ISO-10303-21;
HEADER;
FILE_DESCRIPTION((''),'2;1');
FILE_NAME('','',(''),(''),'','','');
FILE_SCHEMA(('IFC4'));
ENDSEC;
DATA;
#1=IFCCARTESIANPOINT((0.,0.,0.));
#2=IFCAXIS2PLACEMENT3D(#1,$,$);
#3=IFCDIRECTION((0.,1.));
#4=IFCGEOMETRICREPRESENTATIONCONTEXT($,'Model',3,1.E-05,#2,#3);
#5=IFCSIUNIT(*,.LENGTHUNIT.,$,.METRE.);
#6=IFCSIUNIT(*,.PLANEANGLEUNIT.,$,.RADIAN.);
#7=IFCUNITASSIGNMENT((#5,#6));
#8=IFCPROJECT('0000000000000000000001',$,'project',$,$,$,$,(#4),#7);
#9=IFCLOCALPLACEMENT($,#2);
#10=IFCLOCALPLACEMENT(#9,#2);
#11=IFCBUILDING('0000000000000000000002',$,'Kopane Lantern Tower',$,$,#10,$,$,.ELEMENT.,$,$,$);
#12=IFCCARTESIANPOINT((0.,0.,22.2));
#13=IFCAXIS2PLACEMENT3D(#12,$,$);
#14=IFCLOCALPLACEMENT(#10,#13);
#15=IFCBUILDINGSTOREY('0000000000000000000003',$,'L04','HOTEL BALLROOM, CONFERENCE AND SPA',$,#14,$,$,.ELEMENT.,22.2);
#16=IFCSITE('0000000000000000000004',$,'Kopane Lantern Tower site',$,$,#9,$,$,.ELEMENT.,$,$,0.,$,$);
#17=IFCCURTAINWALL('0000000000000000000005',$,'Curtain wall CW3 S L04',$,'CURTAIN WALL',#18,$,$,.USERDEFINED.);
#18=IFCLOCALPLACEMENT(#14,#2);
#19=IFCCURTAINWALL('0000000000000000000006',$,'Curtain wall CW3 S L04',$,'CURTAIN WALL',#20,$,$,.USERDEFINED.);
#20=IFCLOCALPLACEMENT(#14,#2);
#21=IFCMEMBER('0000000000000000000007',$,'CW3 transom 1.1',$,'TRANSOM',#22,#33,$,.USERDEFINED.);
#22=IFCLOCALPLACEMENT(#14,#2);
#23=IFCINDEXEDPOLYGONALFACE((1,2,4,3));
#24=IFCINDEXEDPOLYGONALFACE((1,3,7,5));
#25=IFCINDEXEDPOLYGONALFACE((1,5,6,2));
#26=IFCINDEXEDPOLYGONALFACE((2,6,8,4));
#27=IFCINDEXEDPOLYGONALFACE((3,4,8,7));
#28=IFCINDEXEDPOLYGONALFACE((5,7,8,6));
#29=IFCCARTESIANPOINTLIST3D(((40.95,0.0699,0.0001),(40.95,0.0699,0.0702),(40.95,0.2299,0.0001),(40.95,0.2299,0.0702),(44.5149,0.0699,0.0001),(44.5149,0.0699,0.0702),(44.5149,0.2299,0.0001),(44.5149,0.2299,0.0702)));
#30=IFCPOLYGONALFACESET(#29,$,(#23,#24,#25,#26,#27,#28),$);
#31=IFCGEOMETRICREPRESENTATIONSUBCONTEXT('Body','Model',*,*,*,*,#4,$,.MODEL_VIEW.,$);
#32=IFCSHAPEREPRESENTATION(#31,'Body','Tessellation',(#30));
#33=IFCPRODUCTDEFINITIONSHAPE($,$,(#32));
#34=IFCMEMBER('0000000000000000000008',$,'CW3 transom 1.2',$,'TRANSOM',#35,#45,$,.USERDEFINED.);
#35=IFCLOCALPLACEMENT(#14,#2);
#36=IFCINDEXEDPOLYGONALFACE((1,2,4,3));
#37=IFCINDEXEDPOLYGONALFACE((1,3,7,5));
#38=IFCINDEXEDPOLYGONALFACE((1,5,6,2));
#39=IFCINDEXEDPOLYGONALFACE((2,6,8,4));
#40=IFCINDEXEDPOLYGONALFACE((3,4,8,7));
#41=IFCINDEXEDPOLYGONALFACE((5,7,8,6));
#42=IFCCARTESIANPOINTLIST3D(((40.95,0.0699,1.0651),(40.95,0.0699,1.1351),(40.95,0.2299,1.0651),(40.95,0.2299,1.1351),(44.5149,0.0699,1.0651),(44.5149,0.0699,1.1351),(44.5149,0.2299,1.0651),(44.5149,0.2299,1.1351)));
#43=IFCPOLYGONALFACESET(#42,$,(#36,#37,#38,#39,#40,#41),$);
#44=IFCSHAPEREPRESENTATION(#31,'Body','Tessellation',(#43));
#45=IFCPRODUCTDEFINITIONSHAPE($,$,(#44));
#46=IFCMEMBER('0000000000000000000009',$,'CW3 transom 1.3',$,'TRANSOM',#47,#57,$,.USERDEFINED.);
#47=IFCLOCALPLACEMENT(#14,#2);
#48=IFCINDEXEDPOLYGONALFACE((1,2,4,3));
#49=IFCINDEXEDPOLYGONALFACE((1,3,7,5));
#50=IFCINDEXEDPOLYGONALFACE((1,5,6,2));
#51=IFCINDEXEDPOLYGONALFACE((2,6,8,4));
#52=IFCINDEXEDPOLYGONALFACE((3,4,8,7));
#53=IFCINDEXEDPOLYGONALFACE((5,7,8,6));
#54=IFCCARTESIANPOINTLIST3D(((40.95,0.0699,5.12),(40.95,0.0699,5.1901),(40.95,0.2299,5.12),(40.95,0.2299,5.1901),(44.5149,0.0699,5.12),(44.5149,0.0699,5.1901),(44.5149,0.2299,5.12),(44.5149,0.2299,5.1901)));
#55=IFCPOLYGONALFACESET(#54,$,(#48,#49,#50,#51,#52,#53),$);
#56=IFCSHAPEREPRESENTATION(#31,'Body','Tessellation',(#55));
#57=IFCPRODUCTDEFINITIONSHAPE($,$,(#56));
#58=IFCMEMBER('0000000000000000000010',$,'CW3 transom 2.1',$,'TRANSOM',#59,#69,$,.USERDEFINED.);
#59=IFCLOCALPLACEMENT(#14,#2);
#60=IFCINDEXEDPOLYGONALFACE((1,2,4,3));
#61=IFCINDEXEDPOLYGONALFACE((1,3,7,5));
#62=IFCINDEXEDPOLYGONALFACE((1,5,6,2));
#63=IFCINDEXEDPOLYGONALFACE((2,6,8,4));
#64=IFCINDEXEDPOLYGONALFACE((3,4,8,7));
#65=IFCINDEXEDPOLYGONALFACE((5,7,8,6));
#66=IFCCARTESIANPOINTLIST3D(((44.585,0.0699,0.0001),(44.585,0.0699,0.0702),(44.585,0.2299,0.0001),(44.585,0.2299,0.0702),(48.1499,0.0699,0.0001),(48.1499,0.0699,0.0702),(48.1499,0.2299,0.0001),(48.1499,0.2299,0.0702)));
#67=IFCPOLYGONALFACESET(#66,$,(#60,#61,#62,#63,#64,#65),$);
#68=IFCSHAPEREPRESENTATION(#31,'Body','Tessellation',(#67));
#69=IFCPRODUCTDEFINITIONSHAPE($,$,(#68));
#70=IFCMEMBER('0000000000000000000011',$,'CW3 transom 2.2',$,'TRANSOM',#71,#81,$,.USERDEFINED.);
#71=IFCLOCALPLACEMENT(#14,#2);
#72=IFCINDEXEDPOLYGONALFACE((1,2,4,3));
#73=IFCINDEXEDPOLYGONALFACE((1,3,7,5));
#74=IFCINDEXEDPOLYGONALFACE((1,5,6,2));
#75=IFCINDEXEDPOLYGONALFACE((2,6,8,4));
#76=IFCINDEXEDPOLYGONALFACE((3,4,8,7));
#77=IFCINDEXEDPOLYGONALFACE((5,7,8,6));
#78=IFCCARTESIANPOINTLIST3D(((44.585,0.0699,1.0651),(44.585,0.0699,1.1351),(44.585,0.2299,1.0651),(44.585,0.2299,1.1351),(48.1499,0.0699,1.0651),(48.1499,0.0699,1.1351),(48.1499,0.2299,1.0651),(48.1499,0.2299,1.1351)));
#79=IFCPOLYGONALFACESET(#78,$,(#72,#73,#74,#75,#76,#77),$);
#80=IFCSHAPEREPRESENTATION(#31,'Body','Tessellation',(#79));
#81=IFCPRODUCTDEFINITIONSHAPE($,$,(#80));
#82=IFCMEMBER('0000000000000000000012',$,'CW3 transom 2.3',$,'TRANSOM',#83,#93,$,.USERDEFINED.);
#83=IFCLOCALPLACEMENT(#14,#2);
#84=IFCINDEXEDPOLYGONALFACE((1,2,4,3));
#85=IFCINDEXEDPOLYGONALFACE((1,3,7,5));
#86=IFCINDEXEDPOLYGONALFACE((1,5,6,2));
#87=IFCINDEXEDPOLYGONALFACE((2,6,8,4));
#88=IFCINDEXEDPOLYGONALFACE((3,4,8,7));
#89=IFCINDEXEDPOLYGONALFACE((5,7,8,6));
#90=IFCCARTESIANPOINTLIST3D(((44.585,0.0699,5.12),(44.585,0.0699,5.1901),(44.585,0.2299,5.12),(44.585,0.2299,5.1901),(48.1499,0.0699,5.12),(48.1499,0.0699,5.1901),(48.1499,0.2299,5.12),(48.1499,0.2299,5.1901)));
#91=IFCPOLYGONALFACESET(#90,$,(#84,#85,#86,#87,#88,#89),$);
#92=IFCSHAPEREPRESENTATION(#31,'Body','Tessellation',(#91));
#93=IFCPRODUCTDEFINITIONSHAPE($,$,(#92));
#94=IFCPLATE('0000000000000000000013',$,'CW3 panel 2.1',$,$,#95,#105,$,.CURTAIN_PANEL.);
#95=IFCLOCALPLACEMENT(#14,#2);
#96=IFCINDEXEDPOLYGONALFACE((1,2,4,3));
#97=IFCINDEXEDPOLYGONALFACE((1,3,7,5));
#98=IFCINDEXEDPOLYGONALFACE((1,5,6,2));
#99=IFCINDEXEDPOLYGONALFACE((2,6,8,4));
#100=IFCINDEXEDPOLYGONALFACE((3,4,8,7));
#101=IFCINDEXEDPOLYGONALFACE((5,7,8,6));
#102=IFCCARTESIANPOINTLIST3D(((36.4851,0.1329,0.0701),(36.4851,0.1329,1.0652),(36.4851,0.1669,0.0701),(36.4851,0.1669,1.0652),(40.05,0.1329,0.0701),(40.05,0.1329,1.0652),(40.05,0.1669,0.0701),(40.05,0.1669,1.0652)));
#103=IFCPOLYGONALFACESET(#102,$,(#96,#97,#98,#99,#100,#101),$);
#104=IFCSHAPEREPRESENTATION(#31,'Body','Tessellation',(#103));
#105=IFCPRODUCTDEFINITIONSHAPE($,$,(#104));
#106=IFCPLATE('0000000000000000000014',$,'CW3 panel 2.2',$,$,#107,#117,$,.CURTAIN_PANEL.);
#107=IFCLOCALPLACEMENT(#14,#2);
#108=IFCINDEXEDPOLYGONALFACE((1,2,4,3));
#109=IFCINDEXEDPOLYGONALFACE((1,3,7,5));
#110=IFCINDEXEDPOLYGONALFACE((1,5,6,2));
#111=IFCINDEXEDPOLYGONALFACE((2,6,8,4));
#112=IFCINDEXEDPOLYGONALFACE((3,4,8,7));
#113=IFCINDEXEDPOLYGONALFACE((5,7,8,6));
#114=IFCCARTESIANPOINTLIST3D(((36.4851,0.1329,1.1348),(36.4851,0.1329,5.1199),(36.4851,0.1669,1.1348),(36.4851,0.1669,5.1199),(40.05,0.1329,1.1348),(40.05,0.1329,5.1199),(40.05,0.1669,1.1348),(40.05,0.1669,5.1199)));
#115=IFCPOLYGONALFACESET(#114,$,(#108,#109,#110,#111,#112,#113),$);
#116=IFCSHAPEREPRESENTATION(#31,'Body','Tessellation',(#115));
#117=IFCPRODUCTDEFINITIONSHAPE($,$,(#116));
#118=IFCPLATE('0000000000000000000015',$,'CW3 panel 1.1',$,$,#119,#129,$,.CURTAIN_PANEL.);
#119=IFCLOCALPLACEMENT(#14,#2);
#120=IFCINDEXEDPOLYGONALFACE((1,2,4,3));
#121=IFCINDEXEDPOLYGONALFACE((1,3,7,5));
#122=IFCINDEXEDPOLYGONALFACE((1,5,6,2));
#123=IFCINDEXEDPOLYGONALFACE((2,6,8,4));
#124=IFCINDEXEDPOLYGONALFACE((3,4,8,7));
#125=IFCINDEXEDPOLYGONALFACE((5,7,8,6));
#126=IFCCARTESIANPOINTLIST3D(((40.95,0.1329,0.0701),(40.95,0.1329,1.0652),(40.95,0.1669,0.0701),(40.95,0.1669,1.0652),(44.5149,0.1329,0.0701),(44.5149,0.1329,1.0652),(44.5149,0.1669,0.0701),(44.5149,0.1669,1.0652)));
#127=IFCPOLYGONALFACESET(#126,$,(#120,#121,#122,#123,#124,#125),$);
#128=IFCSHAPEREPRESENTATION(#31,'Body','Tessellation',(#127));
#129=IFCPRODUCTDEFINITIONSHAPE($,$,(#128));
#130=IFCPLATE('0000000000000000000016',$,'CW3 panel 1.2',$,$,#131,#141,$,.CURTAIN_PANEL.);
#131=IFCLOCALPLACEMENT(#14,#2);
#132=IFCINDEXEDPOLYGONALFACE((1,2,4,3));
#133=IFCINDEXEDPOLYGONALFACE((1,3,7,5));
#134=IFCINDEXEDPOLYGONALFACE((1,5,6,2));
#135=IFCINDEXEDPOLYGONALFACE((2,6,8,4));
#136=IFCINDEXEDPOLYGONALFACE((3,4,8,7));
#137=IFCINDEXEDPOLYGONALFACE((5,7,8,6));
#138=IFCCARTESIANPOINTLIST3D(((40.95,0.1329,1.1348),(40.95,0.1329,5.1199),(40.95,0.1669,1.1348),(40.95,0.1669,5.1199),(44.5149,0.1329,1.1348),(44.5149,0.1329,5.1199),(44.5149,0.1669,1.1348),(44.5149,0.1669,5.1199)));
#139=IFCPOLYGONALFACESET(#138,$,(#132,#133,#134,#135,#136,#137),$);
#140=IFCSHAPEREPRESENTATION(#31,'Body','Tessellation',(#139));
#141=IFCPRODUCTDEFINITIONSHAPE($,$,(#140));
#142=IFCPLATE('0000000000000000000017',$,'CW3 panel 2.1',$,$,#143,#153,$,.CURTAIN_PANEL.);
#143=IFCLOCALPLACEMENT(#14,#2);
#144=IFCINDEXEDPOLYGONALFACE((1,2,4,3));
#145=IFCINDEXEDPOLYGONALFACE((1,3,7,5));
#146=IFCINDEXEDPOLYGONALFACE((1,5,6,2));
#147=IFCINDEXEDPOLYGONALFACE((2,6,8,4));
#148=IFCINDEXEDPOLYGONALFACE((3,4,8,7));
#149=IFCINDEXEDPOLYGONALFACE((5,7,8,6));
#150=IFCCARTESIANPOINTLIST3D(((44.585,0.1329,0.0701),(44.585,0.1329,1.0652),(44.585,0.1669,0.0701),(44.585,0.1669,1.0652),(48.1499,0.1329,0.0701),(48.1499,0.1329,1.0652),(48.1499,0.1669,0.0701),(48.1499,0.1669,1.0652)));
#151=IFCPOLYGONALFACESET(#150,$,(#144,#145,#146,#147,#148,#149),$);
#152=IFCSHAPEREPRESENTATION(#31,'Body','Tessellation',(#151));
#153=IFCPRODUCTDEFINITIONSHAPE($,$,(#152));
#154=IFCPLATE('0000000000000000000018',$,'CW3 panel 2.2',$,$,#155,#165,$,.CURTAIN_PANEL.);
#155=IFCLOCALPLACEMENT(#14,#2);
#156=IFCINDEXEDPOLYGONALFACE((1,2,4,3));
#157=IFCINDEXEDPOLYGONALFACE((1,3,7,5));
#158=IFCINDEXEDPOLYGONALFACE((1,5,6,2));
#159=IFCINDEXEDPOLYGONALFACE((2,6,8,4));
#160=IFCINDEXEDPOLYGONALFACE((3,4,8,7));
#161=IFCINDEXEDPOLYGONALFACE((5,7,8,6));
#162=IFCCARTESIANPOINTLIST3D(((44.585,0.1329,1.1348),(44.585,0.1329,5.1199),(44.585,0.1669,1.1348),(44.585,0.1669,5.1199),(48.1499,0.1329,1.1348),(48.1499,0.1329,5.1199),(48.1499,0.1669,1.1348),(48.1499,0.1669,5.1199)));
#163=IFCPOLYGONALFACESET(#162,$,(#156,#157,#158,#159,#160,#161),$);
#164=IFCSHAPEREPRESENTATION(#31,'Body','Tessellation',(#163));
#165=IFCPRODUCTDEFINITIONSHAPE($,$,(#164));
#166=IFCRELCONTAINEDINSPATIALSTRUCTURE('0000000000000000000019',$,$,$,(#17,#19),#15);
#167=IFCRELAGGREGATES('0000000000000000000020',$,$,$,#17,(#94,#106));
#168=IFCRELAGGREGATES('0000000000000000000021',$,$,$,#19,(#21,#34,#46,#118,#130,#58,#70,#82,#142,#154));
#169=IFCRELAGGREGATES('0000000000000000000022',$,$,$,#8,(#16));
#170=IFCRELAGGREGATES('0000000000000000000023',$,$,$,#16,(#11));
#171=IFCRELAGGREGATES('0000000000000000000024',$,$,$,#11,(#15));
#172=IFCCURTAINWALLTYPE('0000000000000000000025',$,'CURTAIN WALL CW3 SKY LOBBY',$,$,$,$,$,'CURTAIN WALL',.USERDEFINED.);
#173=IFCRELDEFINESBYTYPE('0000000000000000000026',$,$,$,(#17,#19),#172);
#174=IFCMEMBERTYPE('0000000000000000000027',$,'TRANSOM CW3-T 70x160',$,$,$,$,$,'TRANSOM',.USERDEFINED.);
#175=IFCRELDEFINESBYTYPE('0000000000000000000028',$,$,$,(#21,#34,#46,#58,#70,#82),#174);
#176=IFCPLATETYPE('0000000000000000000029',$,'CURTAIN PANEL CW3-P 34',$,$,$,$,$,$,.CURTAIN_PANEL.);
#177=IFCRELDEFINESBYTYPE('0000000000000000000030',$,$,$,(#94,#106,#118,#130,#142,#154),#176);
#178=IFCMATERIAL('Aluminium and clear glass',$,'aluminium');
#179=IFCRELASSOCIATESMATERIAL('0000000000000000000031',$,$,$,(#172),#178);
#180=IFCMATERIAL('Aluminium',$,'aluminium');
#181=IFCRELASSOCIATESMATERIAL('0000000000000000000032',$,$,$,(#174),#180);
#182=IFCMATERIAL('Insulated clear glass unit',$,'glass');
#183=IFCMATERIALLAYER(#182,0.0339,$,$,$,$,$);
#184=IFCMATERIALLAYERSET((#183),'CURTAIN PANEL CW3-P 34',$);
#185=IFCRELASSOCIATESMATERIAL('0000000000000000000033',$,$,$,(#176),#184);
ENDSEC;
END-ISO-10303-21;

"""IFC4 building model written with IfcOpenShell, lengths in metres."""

from ifc_helpers import new_model, si_unit, direction, frame, origin, origin_2d, place, context, subcontext, project, spatial, rectangle, extrude, material, layer, layer_set, material_profile, profile_set, type_object, element, aggregate, save


model = new_model("IFC4")

# Units and contexts
model_context = context("Model", 3, precision=1e-05, world=origin(), true_north=direction((0.0, 1.0)))
body_context = subcontext(model_context, "Body", "Model", "MODEL_VIEW")
ifc_project = project(units=[si_unit("LENGTHUNIT", "METRE"), si_unit("PLANEANGLEUNIT", "RADIAN")], contexts=[model_context])

# Site, building, storey
site_placement = place(None, origin())
site = spatial("IfcSite", under=ifc_project, at=site_placement, Name="Kopane Lantern Tower site", CompositionType="ELEMENT", RefElevation=0.0)
building_placement = place(site_placement, origin())
building = spatial("IfcBuilding", under=site, at=building_placement, Name="Kopane Lantern Tower", CompositionType="ELEMENT")
storey_placement = place(building_placement, frame((0.0, 0.0, 22.2)))
storey = spatial("IfcBuildingStorey", under=building, at=storey_placement, Name="L04", Description="HOTEL BALLROOM, CONFERENCE AND SPA", CompositionType="ELEMENT", Elevation=22.2)

# Curtain wall
ifc_material_1 = material(Name="Aluminium and clear glass", Category="aluminium")
curtain_wall_type = type_object("IfcCurtainWallType", Name="CURTAIN WALL CW3 SKY LOBBY", ElementType="CURTAIN WALL", PredefinedType="USERDEFINED", material=ifc_material_1)
curtain_wall_1_placement = place(storey_placement, origin())
curtain_wall_1 = element("IfcCurtainWall", 1, at=curtain_wall_1_placement, inside=storey, type_object=curtain_wall_type, Name="Curtain wall CW3 S L04", ObjectType="CURTAIN WALL", PredefinedType="USERDEFINED")

# Curtain wall
curtain_wall_2_placement = place(storey_placement, origin())
curtain_wall_2 = element("IfcCurtainWall", 2, at=curtain_wall_2_placement, inside=storey, type_object=curtain_wall_type, Name="Curtain wall CW3 S L04", ObjectType="CURTAIN WALL", PredefinedType="USERDEFINED")

# Members
ifc_material_2 = material(Name="Aluminium", Category="aluminium")
ifc_material_profile_1 = material_profile(ifc_material_2, rectangle(XDim=0.1599, YDim=0.0701, at=origin_2d()), Name="AL 160x70")
ifc_profile_set_1 = profile_set([ifc_material_profile_1], Name="Aluminium")
member_type_1 = type_object("IfcMemberType", Name="TRANSOM CW3-T 70x160", ElementType="TRANSOM", PredefinedType="USERDEFINED", material=ifc_profile_set_1)
member_1_placement = place(storey_placement, frame((40.95, 0.1499, 0.0352), z_axis=(1.0, 0.0, 0.0), x_axis=(0.0, 1.0, 0.0)))
member_1 = element("IfcMember", 3, at=member_1_placement, type_object=member_type_1, Name="CW3 transom 1.1", ObjectType="TRANSOM", PredefinedType="USERDEFINED", context=body_context, shape_type="SweptSolid", body=[
    extrude(rectangle(XDim=0.1599, YDim=0.0701, at=origin_2d()), origin(), (0.0, 0.0, 1.0), 3.5649),
])
member_2_placement = place(storey_placement, frame((40.95, 0.1499, 1.1001), z_axis=(1.0, 0.0, 0.0), x_axis=(0.0, 1.0, 0.0)))
member_2 = element("IfcMember", 4, at=member_2_placement, type_object=member_type_1, Name="CW3 transom 1.2", ObjectType="TRANSOM", PredefinedType="USERDEFINED", context=body_context, shape_type="SweptSolid", body=[
    extrude(rectangle(XDim=0.1599, YDim=0.0701, at=origin_2d()), origin(), (0.0, 0.0, 1.0), 3.5649),
])
member_3_placement = place(storey_placement, frame((40.95, 0.1499, 5.155), z_axis=(1.0, 0.0, 0.0), x_axis=(0.0, 1.0, 0.0)))
member_3 = element("IfcMember", 5, at=member_3_placement, type_object=member_type_1, Name="CW3 transom 1.3", ObjectType="TRANSOM", PredefinedType="USERDEFINED", context=body_context, shape_type="SweptSolid", body=[
    extrude(rectangle(XDim=0.1599, YDim=0.0701, at=origin_2d()), origin(), (0.0, 0.0, 1.0), 3.5649),
])
member_4_placement = place(storey_placement, frame((44.585, 0.1499, 0.0352), z_axis=(1.0, 0.0, 0.0), x_axis=(0.0, 1.0, 0.0)))
member_4 = element("IfcMember", 6, at=member_4_placement, type_object=member_type_1, Name="CW3 transom 2.1", ObjectType="TRANSOM", PredefinedType="USERDEFINED", context=body_context, shape_type="SweptSolid", body=[
    extrude(rectangle(XDim=0.1599, YDim=0.0701, at=origin_2d()), origin(), (0.0, 0.0, 1.0), 3.5649),
])
member_5_placement = place(storey_placement, frame((44.585, 0.1499, 1.1001), z_axis=(1.0, 0.0, 0.0), x_axis=(0.0, 1.0, 0.0)))
member_5 = element("IfcMember", 7, at=member_5_placement, type_object=member_type_1, Name="CW3 transom 2.2", ObjectType="TRANSOM", PredefinedType="USERDEFINED", context=body_context, shape_type="SweptSolid", body=[
    extrude(rectangle(XDim=0.1599, YDim=0.0701, at=origin_2d()), origin(), (0.0, 0.0, 1.0), 3.5649),
])
member_6_placement = place(storey_placement, frame((44.585, 0.1499, 5.155), z_axis=(1.0, 0.0, 0.0), x_axis=(0.0, 1.0, 0.0)))
member_6 = element("IfcMember", 8, at=member_6_placement, type_object=member_type_1, Name="CW3 transom 2.3", ObjectType="TRANSOM", PredefinedType="USERDEFINED", context=body_context, shape_type="SweptSolid", body=[
    extrude(rectangle(XDim=0.1599, YDim=0.0701, at=origin_2d()), origin(), (0.0, 0.0, 1.0), 3.5649),
])

# Plates
ifc_material_3 = material(Name="Insulated clear glass unit", Category="glass")
ifc_layer = layer(ifc_material_3, 0.0339)
ifc_layer_set = layer_set([ifc_layer], Name="CURTAIN PANEL CW3-P 34")
plate_type = type_object("IfcPlateType", Name="CURTAIN PANEL CW3-P 34", PredefinedType="CURTAIN_PANEL", material=ifc_layer_set)
plate_1_placement = place(storey_placement, frame((38.2676, 0.1499, 0.0701), z_axis=(0.0, 0.0, 1.0), x_axis=(1.0, 0.0, 0.0)))
plate_1 = element("IfcPlate", 9, at=plate_1_placement, type_object=plate_type, Name="CW3 panel 2.1", PredefinedType="CURTAIN_PANEL", context=body_context, shape_type="SweptSolid", body=[
    extrude(rectangle(XDim=3.5649, YDim=0.0339, at=origin_2d()), origin(), (0.0, 0.0, 1.0), 0.9951),
])
plate_2_placement = place(storey_placement, frame((38.2676, 0.1499, 1.1348), z_axis=(0.0, 0.0, 1.0), x_axis=(1.0, 0.0, 0.0)))
plate_2 = element("IfcPlate", 10, at=plate_2_placement, type_object=plate_type, Name="CW3 panel 2.2", PredefinedType="CURTAIN_PANEL", context=body_context, shape_type="SweptSolid", body=[
    extrude(rectangle(XDim=3.5649, YDim=0.0339, at=origin_2d()), origin(), (0.0, 0.0, 1.0), 3.9851),
])
aggregate(curtain_wall_1, [plate_1, plate_2])
plate_3_placement = place(storey_placement, frame((42.7324, 0.1499, 0.0701), z_axis=(0.0, 0.0, 1.0), x_axis=(1.0, 0.0, 0.0)))
plate_3 = element("IfcPlate", 11, at=plate_3_placement, type_object=plate_type, Name="CW3 panel 1.1", PredefinedType="CURTAIN_PANEL", context=body_context, shape_type="SweptSolid", body=[
    extrude(rectangle(XDim=3.5649, YDim=0.0339, at=origin_2d()), origin(), (0.0, 0.0, 1.0), 0.9951),
])
plate_4_placement = place(storey_placement, frame((42.7324, 0.1499, 1.1348), z_axis=(0.0, 0.0, 1.0), x_axis=(1.0, 0.0, 0.0)))
plate_4 = element("IfcPlate", 12, at=plate_4_placement, type_object=plate_type, Name="CW3 panel 1.2", PredefinedType="CURTAIN_PANEL", context=body_context, shape_type="SweptSolid", body=[
    extrude(rectangle(XDim=3.5649, YDim=0.0339, at=origin_2d()), origin(), (0.0, 0.0, 1.0), 3.9851),
])
plate_5_placement = place(storey_placement, frame((46.3674, 0.1499, 0.0701), z_axis=(0.0, 0.0, 1.0), x_axis=(1.0, 0.0, 0.0)))
plate_5 = element("IfcPlate", 13, at=plate_5_placement, type_object=plate_type, Name="CW3 panel 2.1", PredefinedType="CURTAIN_PANEL", context=body_context, shape_type="SweptSolid", body=[
    extrude(rectangle(XDim=3.5649, YDim=0.0339, at=origin_2d()), origin(), (0.0, 0.0, 1.0), 0.9951),
])
plate_6_placement = place(storey_placement, frame((46.3674, 0.1499, 1.1348), z_axis=(0.0, 0.0, 1.0), x_axis=(1.0, 0.0, 0.0)))
plate_6 = element("IfcPlate", 14, at=plate_6_placement, type_object=plate_type, Name="CW3 panel 2.2", PredefinedType="CURTAIN_PANEL", context=body_context, shape_type="SweptSolid", body=[
    extrude(rectangle(XDim=3.5649, YDim=0.0339, at=origin_2d()), origin(), (0.0, 0.0, 1.0), 3.9851),
])
aggregate(curtain_wall_2, [member_1, member_2, member_3, plate_3, plate_4, member_4, member_5, member_6, plate_5, plate_6])

save(model, "model.ifc")
